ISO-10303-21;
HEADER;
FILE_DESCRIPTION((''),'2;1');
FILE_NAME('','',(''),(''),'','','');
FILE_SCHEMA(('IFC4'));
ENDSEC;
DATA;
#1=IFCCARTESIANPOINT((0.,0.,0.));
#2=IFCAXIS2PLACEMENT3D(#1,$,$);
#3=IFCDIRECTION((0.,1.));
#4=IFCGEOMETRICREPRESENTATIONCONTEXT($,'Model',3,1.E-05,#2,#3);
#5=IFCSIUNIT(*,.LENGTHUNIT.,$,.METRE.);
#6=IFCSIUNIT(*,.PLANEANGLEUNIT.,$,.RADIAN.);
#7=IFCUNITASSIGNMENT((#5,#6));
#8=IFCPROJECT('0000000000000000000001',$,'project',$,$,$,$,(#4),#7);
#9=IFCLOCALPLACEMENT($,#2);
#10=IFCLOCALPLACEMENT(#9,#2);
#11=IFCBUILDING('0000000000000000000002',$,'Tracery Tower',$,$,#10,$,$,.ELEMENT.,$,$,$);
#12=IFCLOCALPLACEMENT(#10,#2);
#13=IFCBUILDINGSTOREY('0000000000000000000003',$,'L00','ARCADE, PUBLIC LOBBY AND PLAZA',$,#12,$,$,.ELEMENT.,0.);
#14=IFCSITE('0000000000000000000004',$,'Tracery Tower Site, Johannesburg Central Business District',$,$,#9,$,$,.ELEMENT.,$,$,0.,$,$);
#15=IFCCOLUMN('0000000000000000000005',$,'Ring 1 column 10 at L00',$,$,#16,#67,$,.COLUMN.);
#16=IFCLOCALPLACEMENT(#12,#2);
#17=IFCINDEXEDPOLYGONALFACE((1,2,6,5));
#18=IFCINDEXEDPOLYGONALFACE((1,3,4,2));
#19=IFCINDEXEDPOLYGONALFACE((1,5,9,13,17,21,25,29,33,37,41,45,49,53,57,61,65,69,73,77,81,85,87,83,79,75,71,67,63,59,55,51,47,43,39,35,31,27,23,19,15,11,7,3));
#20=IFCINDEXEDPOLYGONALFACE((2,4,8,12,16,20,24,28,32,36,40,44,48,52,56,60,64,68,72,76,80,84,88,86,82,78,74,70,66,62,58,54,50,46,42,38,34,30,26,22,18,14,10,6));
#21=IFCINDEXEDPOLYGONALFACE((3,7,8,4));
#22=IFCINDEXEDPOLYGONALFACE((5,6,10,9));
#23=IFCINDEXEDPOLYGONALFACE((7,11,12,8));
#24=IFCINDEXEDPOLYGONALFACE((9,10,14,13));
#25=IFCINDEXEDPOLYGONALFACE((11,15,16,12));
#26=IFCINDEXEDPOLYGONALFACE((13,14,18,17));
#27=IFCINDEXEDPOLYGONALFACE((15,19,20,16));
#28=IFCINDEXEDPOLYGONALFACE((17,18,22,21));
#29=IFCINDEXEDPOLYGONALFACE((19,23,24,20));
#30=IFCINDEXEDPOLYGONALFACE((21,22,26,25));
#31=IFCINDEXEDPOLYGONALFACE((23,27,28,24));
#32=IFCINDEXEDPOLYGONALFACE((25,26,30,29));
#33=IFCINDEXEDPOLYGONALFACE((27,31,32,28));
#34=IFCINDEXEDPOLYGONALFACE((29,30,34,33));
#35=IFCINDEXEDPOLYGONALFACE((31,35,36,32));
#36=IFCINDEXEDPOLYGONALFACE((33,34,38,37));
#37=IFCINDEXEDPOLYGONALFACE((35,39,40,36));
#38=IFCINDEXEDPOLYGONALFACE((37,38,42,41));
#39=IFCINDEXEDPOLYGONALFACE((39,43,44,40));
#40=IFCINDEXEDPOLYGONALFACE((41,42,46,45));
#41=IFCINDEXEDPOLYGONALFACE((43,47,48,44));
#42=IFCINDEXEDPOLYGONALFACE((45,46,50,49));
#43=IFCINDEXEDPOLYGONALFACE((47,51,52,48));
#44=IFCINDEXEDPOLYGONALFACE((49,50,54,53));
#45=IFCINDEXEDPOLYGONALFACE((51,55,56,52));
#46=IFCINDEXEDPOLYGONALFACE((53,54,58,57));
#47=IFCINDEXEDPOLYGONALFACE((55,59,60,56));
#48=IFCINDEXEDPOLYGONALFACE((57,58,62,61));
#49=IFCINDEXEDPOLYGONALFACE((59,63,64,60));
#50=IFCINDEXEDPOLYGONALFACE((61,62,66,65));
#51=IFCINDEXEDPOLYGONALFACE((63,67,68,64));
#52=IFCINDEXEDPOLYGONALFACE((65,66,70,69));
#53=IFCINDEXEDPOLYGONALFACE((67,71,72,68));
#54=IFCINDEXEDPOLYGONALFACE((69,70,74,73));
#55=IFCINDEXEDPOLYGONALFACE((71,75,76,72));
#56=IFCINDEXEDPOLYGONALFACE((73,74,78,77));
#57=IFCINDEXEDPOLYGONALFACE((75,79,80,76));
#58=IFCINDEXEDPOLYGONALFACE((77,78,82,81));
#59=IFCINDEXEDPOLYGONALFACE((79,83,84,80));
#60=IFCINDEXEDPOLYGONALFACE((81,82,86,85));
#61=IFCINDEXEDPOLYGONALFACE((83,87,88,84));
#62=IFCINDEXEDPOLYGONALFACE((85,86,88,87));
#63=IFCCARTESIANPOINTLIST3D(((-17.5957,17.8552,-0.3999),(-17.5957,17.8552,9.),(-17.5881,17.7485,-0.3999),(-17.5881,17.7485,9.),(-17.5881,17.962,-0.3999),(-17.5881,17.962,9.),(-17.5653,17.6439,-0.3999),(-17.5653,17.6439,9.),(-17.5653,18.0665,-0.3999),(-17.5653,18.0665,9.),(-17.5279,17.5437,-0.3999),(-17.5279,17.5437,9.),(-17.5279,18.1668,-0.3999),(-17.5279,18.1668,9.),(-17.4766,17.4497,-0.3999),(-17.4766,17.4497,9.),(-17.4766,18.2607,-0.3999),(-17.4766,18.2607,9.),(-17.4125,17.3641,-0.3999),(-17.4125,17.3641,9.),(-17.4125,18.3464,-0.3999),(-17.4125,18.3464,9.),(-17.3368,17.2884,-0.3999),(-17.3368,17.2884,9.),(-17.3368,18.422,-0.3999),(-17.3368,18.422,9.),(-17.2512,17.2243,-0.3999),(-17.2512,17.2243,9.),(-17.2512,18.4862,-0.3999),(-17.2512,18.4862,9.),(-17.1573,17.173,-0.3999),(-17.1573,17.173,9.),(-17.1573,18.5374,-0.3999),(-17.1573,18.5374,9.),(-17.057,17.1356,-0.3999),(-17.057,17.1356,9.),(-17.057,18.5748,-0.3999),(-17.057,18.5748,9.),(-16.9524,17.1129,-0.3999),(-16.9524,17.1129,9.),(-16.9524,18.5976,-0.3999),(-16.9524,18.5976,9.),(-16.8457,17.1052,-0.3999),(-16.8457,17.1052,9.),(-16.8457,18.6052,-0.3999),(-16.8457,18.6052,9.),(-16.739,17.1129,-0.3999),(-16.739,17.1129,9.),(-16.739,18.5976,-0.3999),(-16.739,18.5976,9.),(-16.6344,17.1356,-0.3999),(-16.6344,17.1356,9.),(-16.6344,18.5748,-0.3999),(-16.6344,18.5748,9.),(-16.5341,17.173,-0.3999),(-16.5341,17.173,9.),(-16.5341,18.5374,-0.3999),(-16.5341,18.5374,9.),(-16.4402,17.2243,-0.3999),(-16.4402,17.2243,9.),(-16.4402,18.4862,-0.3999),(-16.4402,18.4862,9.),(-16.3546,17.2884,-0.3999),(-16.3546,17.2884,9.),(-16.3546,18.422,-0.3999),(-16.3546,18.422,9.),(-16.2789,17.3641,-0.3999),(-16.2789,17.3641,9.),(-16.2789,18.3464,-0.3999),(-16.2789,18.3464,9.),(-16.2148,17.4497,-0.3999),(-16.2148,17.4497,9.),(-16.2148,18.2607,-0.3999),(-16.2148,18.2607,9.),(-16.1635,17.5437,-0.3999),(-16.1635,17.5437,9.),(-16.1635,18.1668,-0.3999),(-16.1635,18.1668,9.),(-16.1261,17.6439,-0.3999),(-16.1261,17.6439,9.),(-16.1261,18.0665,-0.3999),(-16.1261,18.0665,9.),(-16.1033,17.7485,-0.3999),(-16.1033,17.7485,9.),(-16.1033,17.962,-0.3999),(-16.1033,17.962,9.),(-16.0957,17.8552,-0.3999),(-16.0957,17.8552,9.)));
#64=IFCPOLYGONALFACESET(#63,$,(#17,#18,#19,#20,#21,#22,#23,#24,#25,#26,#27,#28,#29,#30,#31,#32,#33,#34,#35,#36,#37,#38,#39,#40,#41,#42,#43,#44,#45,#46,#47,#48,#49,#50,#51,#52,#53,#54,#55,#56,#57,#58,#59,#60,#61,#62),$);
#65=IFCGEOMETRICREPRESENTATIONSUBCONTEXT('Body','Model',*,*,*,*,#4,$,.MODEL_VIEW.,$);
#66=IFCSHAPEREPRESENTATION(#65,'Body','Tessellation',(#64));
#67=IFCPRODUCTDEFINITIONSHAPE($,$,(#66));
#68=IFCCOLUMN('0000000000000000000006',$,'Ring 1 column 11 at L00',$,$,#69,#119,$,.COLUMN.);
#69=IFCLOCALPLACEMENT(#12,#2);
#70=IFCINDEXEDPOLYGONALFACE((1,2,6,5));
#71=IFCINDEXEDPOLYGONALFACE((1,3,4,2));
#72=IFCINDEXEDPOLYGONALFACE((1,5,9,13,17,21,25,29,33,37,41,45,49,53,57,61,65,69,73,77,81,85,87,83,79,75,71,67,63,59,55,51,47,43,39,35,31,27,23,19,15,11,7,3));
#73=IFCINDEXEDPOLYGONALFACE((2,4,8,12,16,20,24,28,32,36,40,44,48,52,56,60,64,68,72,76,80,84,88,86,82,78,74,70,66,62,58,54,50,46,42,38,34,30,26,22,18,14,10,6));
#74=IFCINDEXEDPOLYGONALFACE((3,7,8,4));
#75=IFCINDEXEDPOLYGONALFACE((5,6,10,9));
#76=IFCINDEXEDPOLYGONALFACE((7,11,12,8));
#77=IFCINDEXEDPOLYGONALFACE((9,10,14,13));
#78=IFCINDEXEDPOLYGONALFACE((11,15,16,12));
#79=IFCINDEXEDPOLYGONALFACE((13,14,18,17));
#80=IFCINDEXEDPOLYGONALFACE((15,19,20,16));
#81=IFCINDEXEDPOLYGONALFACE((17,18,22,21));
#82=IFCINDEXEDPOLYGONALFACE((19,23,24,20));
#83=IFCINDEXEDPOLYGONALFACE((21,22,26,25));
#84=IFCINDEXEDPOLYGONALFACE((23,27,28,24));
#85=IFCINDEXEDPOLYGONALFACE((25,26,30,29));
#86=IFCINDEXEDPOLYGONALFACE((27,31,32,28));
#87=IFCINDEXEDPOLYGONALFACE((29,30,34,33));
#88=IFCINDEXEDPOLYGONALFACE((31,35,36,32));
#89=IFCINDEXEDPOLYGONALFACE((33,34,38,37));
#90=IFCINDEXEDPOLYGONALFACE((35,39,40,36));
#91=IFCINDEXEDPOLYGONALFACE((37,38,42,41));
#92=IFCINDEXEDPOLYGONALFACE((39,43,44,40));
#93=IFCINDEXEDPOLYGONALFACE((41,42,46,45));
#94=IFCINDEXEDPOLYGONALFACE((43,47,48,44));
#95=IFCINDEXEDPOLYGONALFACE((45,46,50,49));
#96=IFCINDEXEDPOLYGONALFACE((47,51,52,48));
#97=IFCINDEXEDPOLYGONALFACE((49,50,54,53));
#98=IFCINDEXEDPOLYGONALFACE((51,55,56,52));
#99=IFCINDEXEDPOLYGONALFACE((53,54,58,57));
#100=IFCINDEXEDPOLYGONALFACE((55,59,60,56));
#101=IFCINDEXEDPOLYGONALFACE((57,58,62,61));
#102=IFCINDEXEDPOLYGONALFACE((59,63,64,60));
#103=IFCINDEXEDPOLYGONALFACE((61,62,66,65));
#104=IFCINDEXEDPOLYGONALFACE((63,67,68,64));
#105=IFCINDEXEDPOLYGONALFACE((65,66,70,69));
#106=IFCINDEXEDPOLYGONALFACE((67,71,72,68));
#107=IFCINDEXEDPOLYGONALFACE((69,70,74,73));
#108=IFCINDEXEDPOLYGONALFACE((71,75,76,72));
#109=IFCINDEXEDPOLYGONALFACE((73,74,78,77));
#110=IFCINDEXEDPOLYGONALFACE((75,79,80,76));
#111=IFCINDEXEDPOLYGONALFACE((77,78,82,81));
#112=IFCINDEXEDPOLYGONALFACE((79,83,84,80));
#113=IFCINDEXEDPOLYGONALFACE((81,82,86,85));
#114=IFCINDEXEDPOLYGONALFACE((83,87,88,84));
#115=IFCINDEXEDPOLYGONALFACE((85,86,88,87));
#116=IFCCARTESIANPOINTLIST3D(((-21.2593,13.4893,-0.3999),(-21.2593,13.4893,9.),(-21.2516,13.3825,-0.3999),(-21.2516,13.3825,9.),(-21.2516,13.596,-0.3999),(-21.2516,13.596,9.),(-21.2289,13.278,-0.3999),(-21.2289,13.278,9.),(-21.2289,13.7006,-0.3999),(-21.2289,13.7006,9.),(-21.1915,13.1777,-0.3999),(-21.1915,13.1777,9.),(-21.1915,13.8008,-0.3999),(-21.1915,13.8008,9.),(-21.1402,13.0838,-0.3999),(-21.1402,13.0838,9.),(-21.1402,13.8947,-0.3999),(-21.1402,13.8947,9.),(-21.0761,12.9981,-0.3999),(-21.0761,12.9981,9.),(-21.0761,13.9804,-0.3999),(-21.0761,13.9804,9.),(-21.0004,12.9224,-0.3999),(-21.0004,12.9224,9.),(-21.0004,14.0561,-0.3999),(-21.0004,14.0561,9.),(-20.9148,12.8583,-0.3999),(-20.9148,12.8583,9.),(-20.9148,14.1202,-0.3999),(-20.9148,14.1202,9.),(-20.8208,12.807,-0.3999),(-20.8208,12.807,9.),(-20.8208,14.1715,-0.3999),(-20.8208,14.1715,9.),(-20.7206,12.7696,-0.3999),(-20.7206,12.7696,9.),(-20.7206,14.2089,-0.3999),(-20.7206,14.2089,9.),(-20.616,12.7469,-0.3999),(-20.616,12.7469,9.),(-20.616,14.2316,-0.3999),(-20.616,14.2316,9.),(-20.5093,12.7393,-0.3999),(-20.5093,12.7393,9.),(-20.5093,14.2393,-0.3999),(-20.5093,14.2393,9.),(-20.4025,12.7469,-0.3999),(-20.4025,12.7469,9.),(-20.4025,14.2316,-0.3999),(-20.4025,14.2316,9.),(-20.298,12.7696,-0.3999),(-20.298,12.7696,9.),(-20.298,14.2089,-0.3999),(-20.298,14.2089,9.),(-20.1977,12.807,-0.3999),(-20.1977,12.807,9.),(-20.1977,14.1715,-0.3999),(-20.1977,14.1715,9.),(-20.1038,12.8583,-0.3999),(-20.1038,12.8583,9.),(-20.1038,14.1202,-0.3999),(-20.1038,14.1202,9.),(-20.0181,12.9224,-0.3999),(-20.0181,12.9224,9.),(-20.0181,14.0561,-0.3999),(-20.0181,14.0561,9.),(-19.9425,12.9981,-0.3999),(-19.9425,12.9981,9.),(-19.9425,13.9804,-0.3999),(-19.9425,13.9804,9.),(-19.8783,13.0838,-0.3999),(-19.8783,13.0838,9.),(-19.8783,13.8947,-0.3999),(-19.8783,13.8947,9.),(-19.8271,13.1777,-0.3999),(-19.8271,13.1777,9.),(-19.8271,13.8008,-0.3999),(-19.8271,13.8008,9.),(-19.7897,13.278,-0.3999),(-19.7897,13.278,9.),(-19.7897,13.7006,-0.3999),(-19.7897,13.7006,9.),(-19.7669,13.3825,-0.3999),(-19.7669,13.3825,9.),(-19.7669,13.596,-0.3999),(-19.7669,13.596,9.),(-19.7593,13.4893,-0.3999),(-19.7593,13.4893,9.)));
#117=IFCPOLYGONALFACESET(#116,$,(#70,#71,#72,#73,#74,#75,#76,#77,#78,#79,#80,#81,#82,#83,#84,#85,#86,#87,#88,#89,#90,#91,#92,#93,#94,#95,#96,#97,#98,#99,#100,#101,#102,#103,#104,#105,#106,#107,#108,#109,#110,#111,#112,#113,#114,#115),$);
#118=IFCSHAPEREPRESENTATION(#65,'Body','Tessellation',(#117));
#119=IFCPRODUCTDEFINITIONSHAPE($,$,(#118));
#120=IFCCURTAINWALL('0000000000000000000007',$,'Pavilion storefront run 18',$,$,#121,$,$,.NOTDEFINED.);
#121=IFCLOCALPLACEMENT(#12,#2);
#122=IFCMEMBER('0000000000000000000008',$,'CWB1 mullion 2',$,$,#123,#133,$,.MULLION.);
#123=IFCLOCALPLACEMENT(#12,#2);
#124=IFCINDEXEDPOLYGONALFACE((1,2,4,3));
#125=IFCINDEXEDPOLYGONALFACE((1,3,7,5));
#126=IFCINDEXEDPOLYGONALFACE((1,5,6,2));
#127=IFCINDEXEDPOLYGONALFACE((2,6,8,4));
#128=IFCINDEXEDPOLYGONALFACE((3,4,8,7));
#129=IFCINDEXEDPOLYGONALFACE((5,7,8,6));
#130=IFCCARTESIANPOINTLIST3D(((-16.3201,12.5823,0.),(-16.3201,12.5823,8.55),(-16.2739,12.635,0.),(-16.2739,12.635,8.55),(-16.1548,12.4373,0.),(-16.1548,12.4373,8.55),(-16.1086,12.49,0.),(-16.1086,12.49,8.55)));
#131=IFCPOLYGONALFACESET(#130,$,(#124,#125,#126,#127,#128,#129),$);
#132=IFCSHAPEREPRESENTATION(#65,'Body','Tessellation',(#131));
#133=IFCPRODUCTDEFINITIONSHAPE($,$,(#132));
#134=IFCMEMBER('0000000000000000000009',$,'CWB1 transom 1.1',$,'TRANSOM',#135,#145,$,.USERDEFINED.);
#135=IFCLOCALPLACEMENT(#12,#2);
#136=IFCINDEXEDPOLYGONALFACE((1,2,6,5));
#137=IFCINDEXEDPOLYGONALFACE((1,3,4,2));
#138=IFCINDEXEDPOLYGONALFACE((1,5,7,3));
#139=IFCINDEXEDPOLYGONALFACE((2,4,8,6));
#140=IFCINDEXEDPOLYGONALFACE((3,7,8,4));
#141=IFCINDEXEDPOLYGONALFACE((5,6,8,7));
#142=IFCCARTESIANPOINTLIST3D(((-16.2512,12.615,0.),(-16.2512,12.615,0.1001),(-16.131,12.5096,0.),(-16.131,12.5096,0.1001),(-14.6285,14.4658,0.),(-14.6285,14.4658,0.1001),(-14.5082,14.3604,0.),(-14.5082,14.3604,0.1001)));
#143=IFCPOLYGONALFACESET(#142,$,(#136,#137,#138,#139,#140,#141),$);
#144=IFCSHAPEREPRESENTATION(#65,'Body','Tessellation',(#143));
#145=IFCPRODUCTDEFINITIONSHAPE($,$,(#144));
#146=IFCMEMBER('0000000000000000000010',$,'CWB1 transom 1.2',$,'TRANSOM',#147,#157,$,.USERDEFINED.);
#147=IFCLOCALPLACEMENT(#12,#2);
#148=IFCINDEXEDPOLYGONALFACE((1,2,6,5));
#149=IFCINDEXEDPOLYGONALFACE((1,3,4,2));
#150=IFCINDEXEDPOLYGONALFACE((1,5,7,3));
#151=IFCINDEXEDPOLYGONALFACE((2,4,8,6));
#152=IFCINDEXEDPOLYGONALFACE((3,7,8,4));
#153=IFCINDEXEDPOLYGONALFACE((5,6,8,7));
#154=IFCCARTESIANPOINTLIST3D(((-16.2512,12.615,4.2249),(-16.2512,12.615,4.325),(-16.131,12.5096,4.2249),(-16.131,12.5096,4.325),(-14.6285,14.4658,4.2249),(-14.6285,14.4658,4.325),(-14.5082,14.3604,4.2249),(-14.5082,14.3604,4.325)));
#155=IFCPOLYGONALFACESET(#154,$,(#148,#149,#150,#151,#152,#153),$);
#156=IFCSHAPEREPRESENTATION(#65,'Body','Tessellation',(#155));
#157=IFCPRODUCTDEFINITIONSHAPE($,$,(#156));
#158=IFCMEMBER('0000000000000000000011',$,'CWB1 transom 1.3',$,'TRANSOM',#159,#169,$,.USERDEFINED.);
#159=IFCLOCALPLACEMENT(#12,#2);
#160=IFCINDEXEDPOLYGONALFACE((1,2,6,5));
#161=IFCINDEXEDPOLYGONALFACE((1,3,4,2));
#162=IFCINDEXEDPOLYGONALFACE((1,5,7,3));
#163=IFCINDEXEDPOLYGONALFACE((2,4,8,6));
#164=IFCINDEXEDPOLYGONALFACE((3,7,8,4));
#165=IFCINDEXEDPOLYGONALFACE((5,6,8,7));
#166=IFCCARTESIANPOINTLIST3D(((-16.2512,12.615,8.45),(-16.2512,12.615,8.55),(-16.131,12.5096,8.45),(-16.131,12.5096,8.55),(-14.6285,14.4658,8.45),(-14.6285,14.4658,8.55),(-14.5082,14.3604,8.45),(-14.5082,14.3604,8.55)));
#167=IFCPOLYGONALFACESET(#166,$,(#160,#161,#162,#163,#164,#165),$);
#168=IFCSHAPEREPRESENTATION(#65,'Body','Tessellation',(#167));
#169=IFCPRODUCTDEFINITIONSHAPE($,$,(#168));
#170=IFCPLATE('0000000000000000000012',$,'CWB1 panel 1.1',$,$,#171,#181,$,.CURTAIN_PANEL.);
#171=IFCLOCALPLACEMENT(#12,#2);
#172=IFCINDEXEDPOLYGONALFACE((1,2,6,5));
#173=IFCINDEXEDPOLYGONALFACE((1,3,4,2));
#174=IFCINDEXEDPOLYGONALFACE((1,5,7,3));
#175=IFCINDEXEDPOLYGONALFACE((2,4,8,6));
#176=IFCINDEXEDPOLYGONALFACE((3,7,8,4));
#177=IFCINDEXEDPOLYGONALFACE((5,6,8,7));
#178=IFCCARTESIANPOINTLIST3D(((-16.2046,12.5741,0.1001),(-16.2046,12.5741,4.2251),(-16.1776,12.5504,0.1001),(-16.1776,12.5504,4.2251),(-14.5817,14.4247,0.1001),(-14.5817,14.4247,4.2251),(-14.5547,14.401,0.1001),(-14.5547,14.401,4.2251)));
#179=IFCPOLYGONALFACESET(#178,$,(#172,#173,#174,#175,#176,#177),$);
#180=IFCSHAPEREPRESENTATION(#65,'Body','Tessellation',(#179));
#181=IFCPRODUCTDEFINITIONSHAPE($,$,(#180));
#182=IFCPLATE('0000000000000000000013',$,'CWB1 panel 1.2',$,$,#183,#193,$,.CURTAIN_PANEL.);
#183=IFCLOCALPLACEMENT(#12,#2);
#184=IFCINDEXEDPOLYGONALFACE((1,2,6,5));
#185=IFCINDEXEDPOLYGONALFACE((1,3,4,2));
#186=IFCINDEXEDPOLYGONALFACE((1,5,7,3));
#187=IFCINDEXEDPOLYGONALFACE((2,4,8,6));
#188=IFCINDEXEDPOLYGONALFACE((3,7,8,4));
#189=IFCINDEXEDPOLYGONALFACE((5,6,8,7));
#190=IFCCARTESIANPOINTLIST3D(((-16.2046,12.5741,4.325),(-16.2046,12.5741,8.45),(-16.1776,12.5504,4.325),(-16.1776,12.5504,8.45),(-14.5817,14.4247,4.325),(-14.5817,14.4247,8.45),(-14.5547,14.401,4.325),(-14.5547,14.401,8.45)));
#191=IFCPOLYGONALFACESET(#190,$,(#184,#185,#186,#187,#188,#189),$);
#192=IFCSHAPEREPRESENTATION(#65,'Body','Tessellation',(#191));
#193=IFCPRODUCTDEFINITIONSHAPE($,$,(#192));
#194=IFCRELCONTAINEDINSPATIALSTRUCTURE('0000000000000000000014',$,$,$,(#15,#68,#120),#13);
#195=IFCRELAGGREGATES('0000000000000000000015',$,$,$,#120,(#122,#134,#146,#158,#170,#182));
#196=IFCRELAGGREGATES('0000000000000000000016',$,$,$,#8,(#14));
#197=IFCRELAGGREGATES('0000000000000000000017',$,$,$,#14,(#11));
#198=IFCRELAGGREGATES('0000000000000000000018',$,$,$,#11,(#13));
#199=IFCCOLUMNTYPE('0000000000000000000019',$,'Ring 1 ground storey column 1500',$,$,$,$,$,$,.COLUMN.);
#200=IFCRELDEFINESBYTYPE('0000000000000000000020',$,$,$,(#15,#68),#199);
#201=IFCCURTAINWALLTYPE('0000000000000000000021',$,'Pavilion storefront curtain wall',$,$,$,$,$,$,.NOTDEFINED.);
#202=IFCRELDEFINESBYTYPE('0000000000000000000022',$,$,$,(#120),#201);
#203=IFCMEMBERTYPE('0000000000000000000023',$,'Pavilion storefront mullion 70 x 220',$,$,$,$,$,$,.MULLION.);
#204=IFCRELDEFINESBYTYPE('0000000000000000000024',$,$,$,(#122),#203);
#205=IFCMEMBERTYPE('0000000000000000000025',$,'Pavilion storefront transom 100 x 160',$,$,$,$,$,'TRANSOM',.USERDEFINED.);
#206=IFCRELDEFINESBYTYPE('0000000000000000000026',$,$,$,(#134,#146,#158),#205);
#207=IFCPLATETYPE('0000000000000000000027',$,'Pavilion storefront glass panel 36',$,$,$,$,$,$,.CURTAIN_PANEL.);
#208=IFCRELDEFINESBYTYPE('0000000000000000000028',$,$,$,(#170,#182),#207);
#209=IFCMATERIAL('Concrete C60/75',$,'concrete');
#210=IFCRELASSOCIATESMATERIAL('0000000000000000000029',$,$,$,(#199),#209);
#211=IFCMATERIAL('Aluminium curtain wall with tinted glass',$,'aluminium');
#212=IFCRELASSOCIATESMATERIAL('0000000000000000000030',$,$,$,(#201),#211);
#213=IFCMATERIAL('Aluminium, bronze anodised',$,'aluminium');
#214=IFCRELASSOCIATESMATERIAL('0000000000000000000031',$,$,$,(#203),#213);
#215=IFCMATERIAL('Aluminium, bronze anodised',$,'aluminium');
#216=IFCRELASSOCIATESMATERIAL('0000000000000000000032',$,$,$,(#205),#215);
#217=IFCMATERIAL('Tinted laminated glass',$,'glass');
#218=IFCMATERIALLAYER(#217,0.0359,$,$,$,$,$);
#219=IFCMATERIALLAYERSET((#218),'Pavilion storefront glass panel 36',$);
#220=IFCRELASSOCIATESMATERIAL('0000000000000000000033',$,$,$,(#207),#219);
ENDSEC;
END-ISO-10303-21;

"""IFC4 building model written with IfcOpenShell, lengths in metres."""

from ifc_helpers import new_model, si_unit, direction, frame, origin, origin_2d, place, context, subcontext, project, spatial, rectangle, circle, extrude, material, layer, layer_set, material_profile, profile_set, type_object, element, aggregate, save


model = new_model("IFC4")

# Units and contexts
model_context = context("Model", 3, precision=1e-05, world=origin(), true_north=direction((0.0, 1.0)))
body_context = subcontext(model_context, "Body", "Model", "MODEL_VIEW")
ifc_project = project(units=[si_unit("LENGTHUNIT", "METRE"), si_unit("PLANEANGLEUNIT", "RADIAN")], contexts=[model_context])

# Site, building, storey
site_placement = place(None, origin())
site = spatial("IfcSite", under=ifc_project, at=site_placement, Name="Tracery Tower Site, Johannesburg Central Business District", CompositionType="ELEMENT", RefElevation=0.0)
building_placement = place(site_placement, origin())
building = spatial("IfcBuilding", under=site, at=building_placement, Name="Tracery Tower", CompositionType="ELEMENT")
storey_placement = place(building_placement, origin())
storey = spatial("IfcBuildingStorey", under=building, at=storey_placement, Name="L00", Description="ARCADE, PUBLIC LOBBY AND PLAZA", CompositionType="ELEMENT", Elevation=0.0)

# Columns
ifc_material_1 = material(Name="Concrete C60/75", Category="concrete")
ifc_material_profile_1 = material_profile(ifc_material_1, circle(Radius=0.75, at=origin_2d()), Name="RC D1500")
ifc_profile_set_1 = profile_set([ifc_material_profile_1], Name="Concrete C60/75")
column_type_1 = type_object("IfcColumnType", Name="Ring 1 ground storey column 1500", PredefinedType="COLUMN", material=ifc_profile_set_1)
for number, where, z_axis, x_axis, name in (
    (1, (-16.8457, 17.8552, -0.3999), (0.0, 0.0, 1.0), (1.0, 0.0, 0.0), "Ring 1 column 10 at L00"),
    (2, (-20.5093, 13.4893, -0.3999), (0.0, 0.0, 1.0), (1.0, 0.0, 0.0), "Ring 1 column 11 at L00"),
):
    element("IfcColumn", number, at=place(storey_placement, frame(where, z_axis=z_axis, x_axis=x_axis)), inside=storey, type_object=column_type_1, Name=name, PredefinedType="COLUMN", context=body_context, shape_type="SweptSolid", body=[
        extrude(circle(Radius=0.75, at=origin_2d()), origin(), (0.0, 0.0, 1.0), 9.3999),
    ])

# Curtain wall, members, plates
ifc_material_2 = material(Name="Aluminium curtain wall with tinted glass", Category="aluminium")
curtain_wall_type = type_object("IfcCurtainWallType", Name="Pavilion storefront curtain wall", PredefinedType="NOTDEFINED", material=ifc_material_2)
curtain_wall_placement = place(storey_placement, origin())
curtain_wall = element("IfcCurtainWall", 3, at=curtain_wall_placement, inside=storey, type_object=curtain_wall_type, Name="Pavilion storefront run 18", PredefinedType="NOTDEFINED")
ifc_material_3 = material(Name="Aluminium, bronze anodised", Category="aluminium")
ifc_material_profile_2 = material_profile(ifc_material_3, rectangle(XDim=0.22, YDim=0.0701, at=origin_2d()), Name="Pavilion storefront mullion 70 x 220")
ifc_profile_set_2 = profile_set([ifc_material_profile_2], Name="Aluminium, bronze anodised")
member_type_1 = type_object("IfcMemberType", Name="Pavilion storefront mullion 70 x 220", PredefinedType="MULLION", material=ifc_profile_set_2)
member_1_placement = place(storey_placement, frame((-16.2144, 12.5361, 0.0), z_axis=(0.0, 0.0, 1.0), x_axis=(0.751836, -0.659351, 0.0)))
member_1 = element("IfcMember", 4, at=member_1_placement, type_object=member_type_1, Name="CWB1 mullion 2", PredefinedType="MULLION", context=body_context, shape_type="SweptSolid", body=[
    extrude(rectangle(XDim=0.22, YDim=0.0701, at=origin_2d()), origin(), (0.0, 0.0, 1.0), 8.55),
])
ifc_material_4 = material(Name="Aluminium, bronze anodised", Category="aluminium")
ifc_material_profile_3 = material_profile(ifc_material_4, rectangle(XDim=0.1599, YDim=0.1001, at=origin_2d()), Name="Pavilion storefront transom 100 x 160")
ifc_profile_set_3 = profile_set([ifc_material_profile_3], Name="Aluminium, bronze anodised")
member_type_2 = type_object("IfcMemberType", Name="Pavilion storefront transom 100 x 160", ElementType="TRANSOM", PredefinedType="USERDEFINED", material=ifc_profile_set_3)
member_2_placement = place(storey_placement, frame((-14.5684, 14.4131, 0.05), z_axis=(-0.65927, -0.751907, 0.0), x_axis=(0.751907, -0.65927, 0.0)))
member_2 = element("IfcMember", 5, at=member_2_placement, type_object=member_type_2, Name="CWB1 transom 1.1", ObjectType="TRANSOM", PredefinedType="USERDEFINED", context=body_context, shape_type="SweptSolid", body=[
    extrude(rectangle(XDim=0.1599, YDim=0.1001, at=origin_2d()), origin(), (0.0, 0.0, 1.0), 2.4614),
])
member_3_placement = place(storey_placement, frame((-14.5684, 14.4131, 4.2749), z_axis=(-0.65927, -0.751907, 0.0), x_axis=(0.751907, -0.65927, 0.0)))
member_3 = element("IfcMember", 6, at=member_3_placement, type_object=member_type_2, Name="CWB1 transom 1.2", ObjectType="TRANSOM", PredefinedType="USERDEFINED", context=body_context, shape_type="SweptSolid", body=[
    extrude(rectangle(XDim=0.1599, YDim=0.1001, at=origin_2d()), origin(), (0.0, 0.0, 1.0), 2.4614),
])
member_4_placement = place(storey_placement, frame((-14.5684, 14.4131, 8.5), z_axis=(-0.65927, -0.751907, 0.0), x_axis=(0.751907, -0.65927, 0.0)))
member_4 = element("IfcMember", 7, at=member_4_placement, type_object=member_type_2, Name="CWB1 transom 1.3", ObjectType="TRANSOM", PredefinedType="USERDEFINED", context=body_context, shape_type="SweptSolid", body=[
    extrude(rectangle(XDim=0.1599, YDim=0.1001, at=origin_2d()), origin(), (0.0, 0.0, 1.0), 2.4614),
])
ifc_material_5 = material(Name="Tinted laminated glass", Category="glass")
ifc_layer_1 = layer(ifc_material_5, 0.0359)
ifc_layer_set_1 = layer_set([ifc_layer_1], Name="Pavilion storefront glass panel 36")
plate_type = type_object("IfcPlateType", Name="Pavilion storefront glass panel 36", PredefinedType="CURTAIN_PANEL", material=ifc_layer_set_1)
plate_1_placement = place(storey_placement, frame((-15.3796, 13.4875, 0.1001), z_axis=(0.0, 0.0, 1.0), x_axis=(-0.659351, -0.751836, 0.0)))
plate_1 = element("IfcPlate", 8, at=plate_1_placement, type_object=plate_type, Name="CWB1 panel 1.1", PredefinedType="CURTAIN_PANEL", context=body_context, shape_type="SweptSolid", body=[
    extrude(rectangle(XDim=2.4614, YDim=0.0359, at=origin_2d()), origin(), (0.0, 0.0, 1.0), 4.125),
])
plate_2_placement = place(storey_placement, frame((-15.3796, 13.4875, 4.325), z_axis=(0.0, 0.0, 1.0), x_axis=(-0.659351, -0.751836, 0.0)))
plate_2 = element("IfcPlate", 9, at=plate_2_placement, type_object=plate_type, Name="CWB1 panel 1.2", PredefinedType="CURTAIN_PANEL", context=body_context, shape_type="SweptSolid", body=[
    extrude(rectangle(XDim=2.4614, YDim=0.0359, at=origin_2d()), origin(), (0.0, 0.0, 1.0), 4.125),
])
aggregate(curtain_wall, [member_1, member_2, member_3, member_4, plate_1, plate_2])

save(model, "model.ifc")
